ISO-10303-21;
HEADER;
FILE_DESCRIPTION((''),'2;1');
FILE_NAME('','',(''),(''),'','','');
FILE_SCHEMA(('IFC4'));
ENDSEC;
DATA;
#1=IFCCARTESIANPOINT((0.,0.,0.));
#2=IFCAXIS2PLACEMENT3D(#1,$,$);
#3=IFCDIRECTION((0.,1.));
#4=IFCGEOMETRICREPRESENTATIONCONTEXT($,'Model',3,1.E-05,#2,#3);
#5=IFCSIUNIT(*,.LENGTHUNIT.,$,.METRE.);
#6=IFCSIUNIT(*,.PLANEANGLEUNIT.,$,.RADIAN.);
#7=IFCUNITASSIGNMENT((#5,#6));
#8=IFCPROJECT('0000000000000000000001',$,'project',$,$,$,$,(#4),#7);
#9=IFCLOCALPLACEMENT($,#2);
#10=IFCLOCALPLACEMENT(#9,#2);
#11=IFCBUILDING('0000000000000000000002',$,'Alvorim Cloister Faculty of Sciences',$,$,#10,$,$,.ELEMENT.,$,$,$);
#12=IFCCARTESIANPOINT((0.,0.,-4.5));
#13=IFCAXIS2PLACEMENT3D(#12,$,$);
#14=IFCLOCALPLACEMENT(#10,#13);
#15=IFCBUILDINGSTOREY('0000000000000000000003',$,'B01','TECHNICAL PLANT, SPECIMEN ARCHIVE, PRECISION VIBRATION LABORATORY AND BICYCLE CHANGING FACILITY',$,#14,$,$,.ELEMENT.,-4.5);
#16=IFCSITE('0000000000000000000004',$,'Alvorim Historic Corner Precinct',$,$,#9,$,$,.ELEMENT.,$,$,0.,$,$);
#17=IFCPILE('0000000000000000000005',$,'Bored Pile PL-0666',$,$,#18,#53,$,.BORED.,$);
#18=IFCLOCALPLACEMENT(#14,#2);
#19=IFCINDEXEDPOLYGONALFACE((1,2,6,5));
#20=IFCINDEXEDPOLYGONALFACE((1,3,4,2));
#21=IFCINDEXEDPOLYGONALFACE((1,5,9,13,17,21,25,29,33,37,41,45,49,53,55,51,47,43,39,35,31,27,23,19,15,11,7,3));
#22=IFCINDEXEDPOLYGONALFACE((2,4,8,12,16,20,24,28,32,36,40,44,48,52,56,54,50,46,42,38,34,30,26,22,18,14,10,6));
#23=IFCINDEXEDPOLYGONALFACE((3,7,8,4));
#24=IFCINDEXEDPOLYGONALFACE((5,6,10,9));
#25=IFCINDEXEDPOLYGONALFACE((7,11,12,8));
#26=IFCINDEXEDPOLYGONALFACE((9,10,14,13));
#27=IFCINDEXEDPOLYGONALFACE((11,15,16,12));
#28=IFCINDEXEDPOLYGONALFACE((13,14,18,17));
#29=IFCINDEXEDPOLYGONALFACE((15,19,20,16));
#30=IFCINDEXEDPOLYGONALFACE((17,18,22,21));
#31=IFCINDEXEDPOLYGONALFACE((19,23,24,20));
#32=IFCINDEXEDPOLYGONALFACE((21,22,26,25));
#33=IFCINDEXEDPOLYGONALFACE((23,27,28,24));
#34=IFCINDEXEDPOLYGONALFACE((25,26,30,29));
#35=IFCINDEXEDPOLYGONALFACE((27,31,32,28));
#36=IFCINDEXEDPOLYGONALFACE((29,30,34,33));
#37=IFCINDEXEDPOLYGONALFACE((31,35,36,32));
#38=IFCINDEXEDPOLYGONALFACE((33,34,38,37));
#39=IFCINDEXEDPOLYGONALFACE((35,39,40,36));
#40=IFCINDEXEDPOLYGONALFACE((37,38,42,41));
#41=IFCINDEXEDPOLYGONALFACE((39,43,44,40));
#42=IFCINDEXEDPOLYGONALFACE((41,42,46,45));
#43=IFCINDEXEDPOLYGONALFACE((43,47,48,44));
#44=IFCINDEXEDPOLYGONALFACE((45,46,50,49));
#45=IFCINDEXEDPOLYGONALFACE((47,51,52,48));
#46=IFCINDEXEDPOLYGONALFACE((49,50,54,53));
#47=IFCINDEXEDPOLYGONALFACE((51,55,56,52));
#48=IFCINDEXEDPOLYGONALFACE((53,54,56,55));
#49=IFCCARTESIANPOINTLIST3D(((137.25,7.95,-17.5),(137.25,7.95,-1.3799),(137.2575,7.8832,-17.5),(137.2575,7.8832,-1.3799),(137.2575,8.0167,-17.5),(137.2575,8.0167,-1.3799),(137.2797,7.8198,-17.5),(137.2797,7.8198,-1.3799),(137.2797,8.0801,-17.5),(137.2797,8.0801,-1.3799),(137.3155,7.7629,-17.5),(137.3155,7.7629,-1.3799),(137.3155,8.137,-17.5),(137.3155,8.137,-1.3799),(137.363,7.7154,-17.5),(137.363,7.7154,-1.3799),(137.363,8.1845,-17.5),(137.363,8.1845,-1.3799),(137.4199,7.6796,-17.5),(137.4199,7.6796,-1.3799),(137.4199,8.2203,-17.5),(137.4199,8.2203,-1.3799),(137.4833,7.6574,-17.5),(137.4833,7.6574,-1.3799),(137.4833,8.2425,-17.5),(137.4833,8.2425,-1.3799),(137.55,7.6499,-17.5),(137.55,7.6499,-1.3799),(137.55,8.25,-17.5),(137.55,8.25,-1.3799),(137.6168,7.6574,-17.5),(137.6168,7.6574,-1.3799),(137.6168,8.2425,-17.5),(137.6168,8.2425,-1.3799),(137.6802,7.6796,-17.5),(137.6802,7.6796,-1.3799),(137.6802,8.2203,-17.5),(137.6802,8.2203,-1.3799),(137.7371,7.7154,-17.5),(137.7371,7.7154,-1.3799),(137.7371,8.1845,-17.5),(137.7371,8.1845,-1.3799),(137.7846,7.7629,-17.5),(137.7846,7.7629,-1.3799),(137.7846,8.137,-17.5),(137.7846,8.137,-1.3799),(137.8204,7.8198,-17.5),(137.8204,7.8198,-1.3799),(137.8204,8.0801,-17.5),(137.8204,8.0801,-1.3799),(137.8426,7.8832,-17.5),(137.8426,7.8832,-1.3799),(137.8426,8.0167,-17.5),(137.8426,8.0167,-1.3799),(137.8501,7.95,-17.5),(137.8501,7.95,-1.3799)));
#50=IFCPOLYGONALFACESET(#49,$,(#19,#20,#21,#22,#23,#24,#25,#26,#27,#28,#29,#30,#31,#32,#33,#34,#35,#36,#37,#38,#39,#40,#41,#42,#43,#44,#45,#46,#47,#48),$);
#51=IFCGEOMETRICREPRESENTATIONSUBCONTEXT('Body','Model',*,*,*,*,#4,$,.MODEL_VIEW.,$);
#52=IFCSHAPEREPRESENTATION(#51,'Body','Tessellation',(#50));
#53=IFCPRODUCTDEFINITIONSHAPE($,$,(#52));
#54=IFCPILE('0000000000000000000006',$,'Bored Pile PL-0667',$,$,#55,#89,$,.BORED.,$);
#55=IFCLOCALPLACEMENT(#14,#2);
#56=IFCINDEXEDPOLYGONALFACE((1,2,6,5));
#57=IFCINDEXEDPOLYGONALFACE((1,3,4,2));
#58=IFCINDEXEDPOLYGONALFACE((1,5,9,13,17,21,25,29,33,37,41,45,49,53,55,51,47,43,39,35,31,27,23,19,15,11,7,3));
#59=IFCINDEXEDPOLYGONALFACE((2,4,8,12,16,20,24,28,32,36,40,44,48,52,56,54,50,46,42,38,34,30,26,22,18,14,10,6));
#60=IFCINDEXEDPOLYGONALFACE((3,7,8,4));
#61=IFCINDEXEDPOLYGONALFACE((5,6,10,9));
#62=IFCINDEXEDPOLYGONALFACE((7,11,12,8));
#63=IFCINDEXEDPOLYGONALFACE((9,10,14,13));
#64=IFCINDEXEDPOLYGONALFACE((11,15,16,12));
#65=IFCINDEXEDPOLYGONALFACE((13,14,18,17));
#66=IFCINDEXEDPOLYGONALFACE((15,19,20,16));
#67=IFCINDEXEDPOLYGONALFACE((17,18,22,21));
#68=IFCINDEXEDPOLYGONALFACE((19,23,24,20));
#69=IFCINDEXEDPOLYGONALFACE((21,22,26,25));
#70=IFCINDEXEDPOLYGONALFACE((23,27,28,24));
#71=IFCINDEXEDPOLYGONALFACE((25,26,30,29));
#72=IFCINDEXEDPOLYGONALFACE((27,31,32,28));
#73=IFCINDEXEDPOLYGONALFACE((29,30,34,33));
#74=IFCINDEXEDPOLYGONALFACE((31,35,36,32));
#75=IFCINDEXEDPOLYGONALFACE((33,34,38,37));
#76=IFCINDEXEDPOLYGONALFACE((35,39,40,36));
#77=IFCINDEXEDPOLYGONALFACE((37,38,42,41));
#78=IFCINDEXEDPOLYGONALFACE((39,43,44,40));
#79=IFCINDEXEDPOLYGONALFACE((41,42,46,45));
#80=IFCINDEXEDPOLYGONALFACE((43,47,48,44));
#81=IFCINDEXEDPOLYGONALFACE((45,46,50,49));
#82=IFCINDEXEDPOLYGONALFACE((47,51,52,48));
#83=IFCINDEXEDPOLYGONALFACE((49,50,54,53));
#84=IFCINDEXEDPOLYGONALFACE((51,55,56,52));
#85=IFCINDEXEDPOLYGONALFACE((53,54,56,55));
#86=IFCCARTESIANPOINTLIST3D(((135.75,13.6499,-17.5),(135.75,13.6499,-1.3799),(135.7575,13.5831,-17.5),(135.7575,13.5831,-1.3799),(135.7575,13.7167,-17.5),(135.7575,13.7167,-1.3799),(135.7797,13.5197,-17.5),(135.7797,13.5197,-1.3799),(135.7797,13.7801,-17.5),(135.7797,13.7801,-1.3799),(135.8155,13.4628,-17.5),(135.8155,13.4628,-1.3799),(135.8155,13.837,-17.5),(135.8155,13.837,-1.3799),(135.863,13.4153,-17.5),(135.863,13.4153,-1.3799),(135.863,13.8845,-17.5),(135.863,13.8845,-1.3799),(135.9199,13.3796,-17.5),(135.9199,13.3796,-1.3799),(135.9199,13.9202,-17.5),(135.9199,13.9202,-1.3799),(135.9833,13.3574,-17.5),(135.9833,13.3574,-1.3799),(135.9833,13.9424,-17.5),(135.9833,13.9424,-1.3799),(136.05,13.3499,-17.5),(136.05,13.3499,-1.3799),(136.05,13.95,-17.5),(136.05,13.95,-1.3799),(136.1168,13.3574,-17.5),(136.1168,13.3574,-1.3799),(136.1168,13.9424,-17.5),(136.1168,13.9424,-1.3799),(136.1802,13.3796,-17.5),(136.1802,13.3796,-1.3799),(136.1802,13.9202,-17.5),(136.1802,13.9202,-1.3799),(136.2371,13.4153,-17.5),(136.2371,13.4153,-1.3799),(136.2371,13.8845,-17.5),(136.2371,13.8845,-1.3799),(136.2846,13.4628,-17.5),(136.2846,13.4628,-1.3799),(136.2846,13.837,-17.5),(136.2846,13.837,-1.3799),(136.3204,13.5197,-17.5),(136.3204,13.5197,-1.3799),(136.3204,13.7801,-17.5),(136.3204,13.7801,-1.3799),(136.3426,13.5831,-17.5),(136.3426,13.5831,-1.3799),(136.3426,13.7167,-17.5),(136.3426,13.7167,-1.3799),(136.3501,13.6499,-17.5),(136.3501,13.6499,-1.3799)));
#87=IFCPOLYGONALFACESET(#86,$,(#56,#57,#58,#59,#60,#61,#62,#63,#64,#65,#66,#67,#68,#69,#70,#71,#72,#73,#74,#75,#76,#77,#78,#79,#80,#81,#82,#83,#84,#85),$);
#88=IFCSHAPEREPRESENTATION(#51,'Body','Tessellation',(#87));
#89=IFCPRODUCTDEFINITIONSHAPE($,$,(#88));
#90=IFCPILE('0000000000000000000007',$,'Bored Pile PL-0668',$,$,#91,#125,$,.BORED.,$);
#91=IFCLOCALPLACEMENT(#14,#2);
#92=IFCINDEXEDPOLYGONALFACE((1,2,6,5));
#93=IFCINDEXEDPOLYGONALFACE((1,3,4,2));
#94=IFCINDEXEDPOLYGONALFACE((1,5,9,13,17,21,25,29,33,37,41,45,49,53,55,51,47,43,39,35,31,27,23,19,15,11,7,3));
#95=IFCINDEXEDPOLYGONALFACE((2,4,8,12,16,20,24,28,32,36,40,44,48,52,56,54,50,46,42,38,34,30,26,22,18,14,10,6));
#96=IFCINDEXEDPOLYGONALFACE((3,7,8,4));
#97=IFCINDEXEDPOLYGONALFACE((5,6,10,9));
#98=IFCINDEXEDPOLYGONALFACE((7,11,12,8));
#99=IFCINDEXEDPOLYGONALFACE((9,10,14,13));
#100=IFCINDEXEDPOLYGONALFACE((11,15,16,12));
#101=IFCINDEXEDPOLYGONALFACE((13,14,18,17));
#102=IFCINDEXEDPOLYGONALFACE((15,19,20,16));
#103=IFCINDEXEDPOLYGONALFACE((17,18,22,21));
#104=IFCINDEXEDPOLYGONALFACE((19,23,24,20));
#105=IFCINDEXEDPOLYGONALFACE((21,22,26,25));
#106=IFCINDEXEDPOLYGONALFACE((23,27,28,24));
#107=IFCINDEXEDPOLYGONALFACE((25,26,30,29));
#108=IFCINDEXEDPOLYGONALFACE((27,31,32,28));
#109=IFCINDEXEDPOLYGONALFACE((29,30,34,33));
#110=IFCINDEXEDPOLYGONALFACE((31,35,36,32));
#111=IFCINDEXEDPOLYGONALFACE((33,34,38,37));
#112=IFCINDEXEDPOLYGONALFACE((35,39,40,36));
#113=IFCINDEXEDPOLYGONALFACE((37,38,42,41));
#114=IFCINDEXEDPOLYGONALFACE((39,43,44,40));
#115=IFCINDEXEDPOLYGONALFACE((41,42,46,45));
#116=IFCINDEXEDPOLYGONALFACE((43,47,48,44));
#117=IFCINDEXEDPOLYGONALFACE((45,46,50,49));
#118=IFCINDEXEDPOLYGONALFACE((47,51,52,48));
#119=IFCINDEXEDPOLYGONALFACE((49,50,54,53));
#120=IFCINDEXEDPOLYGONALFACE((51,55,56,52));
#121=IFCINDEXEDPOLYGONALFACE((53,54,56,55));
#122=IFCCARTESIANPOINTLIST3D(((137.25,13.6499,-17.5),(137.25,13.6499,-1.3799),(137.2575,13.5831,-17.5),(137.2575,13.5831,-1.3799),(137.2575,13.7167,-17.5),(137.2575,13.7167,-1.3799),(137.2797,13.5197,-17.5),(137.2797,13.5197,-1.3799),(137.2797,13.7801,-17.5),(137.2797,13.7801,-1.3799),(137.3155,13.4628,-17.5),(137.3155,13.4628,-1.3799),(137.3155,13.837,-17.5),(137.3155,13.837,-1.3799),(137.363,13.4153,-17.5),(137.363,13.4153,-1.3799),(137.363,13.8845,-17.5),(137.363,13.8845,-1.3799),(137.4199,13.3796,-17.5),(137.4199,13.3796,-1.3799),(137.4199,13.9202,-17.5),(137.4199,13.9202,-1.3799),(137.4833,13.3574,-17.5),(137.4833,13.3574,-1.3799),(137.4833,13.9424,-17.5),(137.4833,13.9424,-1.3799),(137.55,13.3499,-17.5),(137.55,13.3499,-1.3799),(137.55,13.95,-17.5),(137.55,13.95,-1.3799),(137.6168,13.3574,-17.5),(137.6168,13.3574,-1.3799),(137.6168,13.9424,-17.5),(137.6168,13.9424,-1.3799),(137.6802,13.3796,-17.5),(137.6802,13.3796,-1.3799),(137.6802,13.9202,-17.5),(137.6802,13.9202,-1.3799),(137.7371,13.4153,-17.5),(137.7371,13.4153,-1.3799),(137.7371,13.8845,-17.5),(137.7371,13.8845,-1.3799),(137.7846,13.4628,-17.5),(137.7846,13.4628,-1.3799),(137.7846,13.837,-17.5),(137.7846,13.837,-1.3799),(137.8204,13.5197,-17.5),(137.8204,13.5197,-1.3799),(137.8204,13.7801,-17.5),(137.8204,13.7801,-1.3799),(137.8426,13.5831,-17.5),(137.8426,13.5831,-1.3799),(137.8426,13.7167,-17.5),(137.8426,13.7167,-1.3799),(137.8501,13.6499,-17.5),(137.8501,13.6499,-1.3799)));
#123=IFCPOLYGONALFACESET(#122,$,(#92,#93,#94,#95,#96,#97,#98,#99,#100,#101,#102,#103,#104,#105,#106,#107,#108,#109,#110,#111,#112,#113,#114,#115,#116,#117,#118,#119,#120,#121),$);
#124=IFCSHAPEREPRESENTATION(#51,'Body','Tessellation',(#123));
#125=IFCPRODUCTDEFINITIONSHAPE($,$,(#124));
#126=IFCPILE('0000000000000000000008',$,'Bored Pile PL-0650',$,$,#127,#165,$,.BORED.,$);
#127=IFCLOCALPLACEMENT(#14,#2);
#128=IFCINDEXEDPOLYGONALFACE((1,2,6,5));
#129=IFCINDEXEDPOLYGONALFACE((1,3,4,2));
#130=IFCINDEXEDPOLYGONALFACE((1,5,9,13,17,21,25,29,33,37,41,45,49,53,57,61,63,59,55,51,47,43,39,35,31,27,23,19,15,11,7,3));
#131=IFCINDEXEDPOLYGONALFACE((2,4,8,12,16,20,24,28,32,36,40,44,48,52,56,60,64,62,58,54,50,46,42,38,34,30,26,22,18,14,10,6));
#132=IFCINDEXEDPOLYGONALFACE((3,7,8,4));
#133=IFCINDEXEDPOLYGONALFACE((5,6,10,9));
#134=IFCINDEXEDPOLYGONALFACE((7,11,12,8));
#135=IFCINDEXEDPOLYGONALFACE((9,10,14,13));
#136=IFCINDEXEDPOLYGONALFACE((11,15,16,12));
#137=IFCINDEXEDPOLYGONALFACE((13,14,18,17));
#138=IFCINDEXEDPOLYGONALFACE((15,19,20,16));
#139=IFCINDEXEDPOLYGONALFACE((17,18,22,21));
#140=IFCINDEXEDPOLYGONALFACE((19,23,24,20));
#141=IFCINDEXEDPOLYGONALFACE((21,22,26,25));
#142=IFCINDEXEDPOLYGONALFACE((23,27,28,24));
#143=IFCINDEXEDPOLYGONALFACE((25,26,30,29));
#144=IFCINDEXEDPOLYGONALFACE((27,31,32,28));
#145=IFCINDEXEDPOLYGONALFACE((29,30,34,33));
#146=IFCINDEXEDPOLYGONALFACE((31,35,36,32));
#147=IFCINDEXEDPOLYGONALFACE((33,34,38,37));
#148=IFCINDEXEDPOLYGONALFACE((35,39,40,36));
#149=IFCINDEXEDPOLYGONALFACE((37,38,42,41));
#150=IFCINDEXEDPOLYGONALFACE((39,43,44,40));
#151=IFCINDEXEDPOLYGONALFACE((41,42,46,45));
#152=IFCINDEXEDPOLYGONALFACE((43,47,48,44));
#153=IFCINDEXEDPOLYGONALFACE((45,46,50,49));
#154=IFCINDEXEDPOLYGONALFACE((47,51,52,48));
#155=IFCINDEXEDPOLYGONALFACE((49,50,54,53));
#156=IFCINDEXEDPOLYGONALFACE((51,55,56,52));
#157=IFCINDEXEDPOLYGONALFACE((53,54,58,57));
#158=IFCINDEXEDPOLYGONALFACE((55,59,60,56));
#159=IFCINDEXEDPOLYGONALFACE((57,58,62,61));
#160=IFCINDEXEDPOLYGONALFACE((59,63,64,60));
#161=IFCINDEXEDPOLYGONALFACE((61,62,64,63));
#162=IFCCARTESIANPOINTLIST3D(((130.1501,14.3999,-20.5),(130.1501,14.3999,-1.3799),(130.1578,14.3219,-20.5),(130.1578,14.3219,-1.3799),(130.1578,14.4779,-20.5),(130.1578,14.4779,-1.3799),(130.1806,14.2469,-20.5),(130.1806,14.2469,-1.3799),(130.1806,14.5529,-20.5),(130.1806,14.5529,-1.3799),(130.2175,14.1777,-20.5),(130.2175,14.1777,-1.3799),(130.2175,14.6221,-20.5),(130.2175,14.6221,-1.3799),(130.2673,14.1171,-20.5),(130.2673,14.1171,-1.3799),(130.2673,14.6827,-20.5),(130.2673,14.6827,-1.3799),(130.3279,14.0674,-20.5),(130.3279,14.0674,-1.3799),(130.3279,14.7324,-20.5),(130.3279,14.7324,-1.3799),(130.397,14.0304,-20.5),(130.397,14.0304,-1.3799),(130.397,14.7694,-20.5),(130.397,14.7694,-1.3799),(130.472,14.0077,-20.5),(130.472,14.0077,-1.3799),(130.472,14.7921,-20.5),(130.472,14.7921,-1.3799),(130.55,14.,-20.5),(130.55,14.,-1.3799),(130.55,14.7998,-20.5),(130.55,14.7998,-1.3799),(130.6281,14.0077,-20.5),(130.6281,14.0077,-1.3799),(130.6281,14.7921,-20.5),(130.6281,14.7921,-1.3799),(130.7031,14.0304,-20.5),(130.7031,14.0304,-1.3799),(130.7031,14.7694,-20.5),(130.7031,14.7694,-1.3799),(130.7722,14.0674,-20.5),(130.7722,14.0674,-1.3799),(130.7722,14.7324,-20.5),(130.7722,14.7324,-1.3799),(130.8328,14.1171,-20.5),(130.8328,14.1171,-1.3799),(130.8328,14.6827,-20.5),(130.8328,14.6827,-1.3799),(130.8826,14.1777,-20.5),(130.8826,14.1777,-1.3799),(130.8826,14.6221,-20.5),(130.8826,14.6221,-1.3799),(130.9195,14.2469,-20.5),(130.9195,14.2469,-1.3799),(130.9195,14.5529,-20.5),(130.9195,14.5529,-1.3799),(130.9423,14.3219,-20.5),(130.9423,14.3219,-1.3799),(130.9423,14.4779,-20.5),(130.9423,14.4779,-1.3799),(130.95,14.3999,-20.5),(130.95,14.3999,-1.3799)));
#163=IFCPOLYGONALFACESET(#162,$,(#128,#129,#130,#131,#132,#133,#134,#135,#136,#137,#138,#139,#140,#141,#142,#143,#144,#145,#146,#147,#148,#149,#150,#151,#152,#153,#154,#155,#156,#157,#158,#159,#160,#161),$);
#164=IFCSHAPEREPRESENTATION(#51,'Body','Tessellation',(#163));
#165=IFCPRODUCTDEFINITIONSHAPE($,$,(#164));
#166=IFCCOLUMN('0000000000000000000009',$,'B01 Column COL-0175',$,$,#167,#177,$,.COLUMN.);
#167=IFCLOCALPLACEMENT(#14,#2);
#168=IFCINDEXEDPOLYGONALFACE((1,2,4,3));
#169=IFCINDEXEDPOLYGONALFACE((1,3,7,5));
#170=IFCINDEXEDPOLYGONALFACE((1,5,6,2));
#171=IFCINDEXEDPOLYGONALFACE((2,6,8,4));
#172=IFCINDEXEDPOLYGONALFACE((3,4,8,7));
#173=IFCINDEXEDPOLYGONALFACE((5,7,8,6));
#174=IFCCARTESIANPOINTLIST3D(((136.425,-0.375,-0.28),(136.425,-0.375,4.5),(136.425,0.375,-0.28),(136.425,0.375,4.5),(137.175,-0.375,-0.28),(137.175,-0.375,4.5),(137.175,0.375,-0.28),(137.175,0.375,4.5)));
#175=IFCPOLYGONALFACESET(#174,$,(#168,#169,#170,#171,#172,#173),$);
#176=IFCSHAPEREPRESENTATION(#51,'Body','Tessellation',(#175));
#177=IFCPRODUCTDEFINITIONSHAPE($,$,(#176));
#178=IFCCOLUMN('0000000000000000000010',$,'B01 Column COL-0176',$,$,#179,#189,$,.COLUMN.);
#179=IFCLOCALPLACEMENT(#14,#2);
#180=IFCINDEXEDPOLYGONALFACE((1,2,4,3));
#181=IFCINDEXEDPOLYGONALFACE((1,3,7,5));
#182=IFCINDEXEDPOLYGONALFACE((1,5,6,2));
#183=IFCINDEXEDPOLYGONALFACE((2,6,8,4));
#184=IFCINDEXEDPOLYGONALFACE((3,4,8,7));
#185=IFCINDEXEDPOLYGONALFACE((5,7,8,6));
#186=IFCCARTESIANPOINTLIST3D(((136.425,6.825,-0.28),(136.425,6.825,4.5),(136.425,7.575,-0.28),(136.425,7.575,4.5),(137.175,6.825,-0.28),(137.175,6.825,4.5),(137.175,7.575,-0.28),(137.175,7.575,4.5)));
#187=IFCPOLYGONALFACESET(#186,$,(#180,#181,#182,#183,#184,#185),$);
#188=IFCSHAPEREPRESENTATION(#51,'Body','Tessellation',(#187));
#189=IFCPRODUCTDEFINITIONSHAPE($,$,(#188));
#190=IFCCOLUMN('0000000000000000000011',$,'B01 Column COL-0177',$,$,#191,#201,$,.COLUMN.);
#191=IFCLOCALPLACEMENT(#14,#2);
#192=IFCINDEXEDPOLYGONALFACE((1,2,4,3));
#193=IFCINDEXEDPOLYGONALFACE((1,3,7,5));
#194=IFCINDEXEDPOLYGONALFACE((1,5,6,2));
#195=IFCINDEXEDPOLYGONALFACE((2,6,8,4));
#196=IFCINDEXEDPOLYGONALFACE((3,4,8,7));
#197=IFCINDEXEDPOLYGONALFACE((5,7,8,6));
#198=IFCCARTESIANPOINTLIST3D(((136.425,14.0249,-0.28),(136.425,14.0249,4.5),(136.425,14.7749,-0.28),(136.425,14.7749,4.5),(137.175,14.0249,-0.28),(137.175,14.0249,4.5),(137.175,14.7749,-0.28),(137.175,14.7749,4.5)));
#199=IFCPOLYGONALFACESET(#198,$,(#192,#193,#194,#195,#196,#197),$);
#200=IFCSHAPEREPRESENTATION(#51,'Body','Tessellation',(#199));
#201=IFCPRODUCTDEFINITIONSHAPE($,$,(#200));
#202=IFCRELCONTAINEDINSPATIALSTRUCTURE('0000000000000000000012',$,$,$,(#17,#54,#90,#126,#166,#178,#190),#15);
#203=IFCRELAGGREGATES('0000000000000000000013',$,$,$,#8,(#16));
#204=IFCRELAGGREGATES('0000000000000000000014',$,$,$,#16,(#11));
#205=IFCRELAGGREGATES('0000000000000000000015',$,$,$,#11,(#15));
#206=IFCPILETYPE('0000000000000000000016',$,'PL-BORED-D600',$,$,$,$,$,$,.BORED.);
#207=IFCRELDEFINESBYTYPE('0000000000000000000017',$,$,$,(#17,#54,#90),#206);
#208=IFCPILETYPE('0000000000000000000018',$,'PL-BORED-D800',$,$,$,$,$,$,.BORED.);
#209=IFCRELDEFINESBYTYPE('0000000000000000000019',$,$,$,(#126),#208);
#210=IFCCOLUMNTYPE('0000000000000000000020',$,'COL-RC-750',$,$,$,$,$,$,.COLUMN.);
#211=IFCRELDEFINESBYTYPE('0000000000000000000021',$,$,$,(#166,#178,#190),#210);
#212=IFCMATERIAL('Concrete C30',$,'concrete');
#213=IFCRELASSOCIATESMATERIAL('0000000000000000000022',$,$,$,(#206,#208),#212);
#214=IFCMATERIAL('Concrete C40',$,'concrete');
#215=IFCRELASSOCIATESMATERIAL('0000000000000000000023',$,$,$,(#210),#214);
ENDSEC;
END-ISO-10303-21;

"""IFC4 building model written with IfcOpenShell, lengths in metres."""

from ifc_helpers import new_model, si_unit, direction, frame, origin, origin_2d, place, context, subcontext, project, spatial, rectangle, circle, extrude, material, material_profile, profile_set, type_object, element, save


model = new_model("IFC4")

# Units and contexts
model_context = context("Model", 3, precision=1e-05, world=origin(), true_north=direction((0.0, 1.0)))
body_context = subcontext(model_context, "Body", "Model", "MODEL_VIEW")
ifc_project = project(units=[si_unit("LENGTHUNIT", "METRE"), si_unit("PLANEANGLEUNIT", "RADIAN")], contexts=[model_context])

# Site, building, storey
site_placement = place(None, origin())
site = spatial("IfcSite", under=ifc_project, at=site_placement, Name="Alvorim Historic Corner Precinct", CompositionType="ELEMENT", RefElevation=0.0)
building_placement = place(site_placement, origin())
building = spatial("IfcBuilding", under=site, at=building_placement, Name="Alvorim Cloister Faculty of Sciences", CompositionType="ELEMENT")
storey_placement = place(building_placement, frame((0.0, 0.0, -4.5)))
storey = spatial("IfcBuildingStorey", under=building, at=storey_placement, Name="B01", Description="TECHNICAL PLANT, SPECIMEN ARCHIVE, PRECISION VIBRATION LABORATORY AND BICYCLE CHANGING FACILITY", CompositionType="ELEMENT", Elevation=-4.5)

# Shared definitions
ifc_material_1 = material(Name="Concrete C40", Category="concrete")

# Piles
ifc_material_2 = material(Name="Concrete C30", Category="concrete")
ifc_material_profile_1 = material_profile(ifc_material_2, circle(Radius=0.3, at=origin_2d()), Name="PILE-D600")
ifc_profile_set_1 = profile_set([ifc_material_profile_1], Name="Concrete C30")
pile_type_1 = type_object("IfcPileType", Name="PL-BORED-D600", PredefinedType="BORED", material=ifc_profile_set_1)
for number, where, z_axis, x_axis, name in (
    (1, (137.55, 7.95, -1.3799), (0.0, 0.0, -1.0), (1.0, 0.0, 0.0), "Bored Pile PL-0666"),
    (2, (136.05, 13.6499, -1.3799), (0.0, 0.0, -1.0), (1.0, 0.0, 0.0), "Bored Pile PL-0667"),
    (3, (137.55, 13.6499, -1.3799), (0.0, 0.0, -1.0), (1.0, 0.0, 0.0), "Bored Pile PL-0668"),
):
    element("IfcPile", number, at=place(storey_placement, frame(where, z_axis=z_axis, x_axis=x_axis)), inside=storey, type_object=pile_type_1, Name=name, PredefinedType="BORED", context=body_context, shape_type="SweptSolid", body=[
        extrude(circle(Radius=0.3, at=origin_2d()), origin(), (0.0, 0.0, 1.0), 16.1201),
    ])
ifc_material_profile_2 = material_profile(ifc_material_2, circle(Radius=0.3999, at=origin_2d()), Name="PILE-D800")
ifc_profile_set_2 = profile_set([ifc_material_profile_2], Name="Concrete C30")
pile_type_2 = type_object("IfcPileType", Name="PL-BORED-D800", PredefinedType="BORED", material=ifc_profile_set_2)
pile_placement = place(storey_placement, frame((130.55, 14.3999, -1.3799), z_axis=(0.0, 0.0, -1.0), x_axis=(1.0, 0.0, 0.0)))
element("IfcPile", 4, at=pile_placement, inside=storey, type_object=pile_type_2, Name="Bored Pile PL-0650", PredefinedType="BORED", context=body_context, shape_type="SweptSolid", body=[
    extrude(circle(Radius=0.3999, at=origin_2d()), origin(), (0.0, 0.0, 1.0), 19.1201),
])

# Columns
ifc_material_profile_3 = material_profile(ifc_material_1, rectangle(XDim=0.75, YDim=0.75, at=origin_2d()), Name="RC40-COL-750x750")
ifc_profile_set_3 = profile_set([ifc_material_profile_3], Name="Concrete C40")
column_type = type_object("IfcColumnType", Name="COL-RC-750", PredefinedType="COLUMN", material=ifc_profile_set_3)
for number, where, z_axis, x_axis, name in (
    (5, (136.8, 0.0, -0.28), (0.0, 0.0, 1.0), (1.0, 0.0, 0.0), "B01 Column COL-0175"),
    (6, (136.8, 7.2, -0.28), (0.0, 0.0, 1.0), (1.0, 0.0, 0.0), "B01 Column COL-0176"),
    (7, (136.8, 14.3999, -0.28), (0.0, 0.0, 1.0), (1.0, 0.0, 0.0), "B01 Column COL-0177"),
):
    element("IfcColumn", number, at=place(storey_placement, frame(where, z_axis=z_axis, x_axis=x_axis)), inside=storey, type_object=column_type, Name=name, PredefinedType="COLUMN", context=body_context, shape_type="SweptSolid", body=[
        extrude(rectangle(XDim=0.75, YDim=0.75, at=origin_2d()), origin(), (0.0, 0.0, 1.0), 4.78),
    ])

save(model, "model.ifc")
